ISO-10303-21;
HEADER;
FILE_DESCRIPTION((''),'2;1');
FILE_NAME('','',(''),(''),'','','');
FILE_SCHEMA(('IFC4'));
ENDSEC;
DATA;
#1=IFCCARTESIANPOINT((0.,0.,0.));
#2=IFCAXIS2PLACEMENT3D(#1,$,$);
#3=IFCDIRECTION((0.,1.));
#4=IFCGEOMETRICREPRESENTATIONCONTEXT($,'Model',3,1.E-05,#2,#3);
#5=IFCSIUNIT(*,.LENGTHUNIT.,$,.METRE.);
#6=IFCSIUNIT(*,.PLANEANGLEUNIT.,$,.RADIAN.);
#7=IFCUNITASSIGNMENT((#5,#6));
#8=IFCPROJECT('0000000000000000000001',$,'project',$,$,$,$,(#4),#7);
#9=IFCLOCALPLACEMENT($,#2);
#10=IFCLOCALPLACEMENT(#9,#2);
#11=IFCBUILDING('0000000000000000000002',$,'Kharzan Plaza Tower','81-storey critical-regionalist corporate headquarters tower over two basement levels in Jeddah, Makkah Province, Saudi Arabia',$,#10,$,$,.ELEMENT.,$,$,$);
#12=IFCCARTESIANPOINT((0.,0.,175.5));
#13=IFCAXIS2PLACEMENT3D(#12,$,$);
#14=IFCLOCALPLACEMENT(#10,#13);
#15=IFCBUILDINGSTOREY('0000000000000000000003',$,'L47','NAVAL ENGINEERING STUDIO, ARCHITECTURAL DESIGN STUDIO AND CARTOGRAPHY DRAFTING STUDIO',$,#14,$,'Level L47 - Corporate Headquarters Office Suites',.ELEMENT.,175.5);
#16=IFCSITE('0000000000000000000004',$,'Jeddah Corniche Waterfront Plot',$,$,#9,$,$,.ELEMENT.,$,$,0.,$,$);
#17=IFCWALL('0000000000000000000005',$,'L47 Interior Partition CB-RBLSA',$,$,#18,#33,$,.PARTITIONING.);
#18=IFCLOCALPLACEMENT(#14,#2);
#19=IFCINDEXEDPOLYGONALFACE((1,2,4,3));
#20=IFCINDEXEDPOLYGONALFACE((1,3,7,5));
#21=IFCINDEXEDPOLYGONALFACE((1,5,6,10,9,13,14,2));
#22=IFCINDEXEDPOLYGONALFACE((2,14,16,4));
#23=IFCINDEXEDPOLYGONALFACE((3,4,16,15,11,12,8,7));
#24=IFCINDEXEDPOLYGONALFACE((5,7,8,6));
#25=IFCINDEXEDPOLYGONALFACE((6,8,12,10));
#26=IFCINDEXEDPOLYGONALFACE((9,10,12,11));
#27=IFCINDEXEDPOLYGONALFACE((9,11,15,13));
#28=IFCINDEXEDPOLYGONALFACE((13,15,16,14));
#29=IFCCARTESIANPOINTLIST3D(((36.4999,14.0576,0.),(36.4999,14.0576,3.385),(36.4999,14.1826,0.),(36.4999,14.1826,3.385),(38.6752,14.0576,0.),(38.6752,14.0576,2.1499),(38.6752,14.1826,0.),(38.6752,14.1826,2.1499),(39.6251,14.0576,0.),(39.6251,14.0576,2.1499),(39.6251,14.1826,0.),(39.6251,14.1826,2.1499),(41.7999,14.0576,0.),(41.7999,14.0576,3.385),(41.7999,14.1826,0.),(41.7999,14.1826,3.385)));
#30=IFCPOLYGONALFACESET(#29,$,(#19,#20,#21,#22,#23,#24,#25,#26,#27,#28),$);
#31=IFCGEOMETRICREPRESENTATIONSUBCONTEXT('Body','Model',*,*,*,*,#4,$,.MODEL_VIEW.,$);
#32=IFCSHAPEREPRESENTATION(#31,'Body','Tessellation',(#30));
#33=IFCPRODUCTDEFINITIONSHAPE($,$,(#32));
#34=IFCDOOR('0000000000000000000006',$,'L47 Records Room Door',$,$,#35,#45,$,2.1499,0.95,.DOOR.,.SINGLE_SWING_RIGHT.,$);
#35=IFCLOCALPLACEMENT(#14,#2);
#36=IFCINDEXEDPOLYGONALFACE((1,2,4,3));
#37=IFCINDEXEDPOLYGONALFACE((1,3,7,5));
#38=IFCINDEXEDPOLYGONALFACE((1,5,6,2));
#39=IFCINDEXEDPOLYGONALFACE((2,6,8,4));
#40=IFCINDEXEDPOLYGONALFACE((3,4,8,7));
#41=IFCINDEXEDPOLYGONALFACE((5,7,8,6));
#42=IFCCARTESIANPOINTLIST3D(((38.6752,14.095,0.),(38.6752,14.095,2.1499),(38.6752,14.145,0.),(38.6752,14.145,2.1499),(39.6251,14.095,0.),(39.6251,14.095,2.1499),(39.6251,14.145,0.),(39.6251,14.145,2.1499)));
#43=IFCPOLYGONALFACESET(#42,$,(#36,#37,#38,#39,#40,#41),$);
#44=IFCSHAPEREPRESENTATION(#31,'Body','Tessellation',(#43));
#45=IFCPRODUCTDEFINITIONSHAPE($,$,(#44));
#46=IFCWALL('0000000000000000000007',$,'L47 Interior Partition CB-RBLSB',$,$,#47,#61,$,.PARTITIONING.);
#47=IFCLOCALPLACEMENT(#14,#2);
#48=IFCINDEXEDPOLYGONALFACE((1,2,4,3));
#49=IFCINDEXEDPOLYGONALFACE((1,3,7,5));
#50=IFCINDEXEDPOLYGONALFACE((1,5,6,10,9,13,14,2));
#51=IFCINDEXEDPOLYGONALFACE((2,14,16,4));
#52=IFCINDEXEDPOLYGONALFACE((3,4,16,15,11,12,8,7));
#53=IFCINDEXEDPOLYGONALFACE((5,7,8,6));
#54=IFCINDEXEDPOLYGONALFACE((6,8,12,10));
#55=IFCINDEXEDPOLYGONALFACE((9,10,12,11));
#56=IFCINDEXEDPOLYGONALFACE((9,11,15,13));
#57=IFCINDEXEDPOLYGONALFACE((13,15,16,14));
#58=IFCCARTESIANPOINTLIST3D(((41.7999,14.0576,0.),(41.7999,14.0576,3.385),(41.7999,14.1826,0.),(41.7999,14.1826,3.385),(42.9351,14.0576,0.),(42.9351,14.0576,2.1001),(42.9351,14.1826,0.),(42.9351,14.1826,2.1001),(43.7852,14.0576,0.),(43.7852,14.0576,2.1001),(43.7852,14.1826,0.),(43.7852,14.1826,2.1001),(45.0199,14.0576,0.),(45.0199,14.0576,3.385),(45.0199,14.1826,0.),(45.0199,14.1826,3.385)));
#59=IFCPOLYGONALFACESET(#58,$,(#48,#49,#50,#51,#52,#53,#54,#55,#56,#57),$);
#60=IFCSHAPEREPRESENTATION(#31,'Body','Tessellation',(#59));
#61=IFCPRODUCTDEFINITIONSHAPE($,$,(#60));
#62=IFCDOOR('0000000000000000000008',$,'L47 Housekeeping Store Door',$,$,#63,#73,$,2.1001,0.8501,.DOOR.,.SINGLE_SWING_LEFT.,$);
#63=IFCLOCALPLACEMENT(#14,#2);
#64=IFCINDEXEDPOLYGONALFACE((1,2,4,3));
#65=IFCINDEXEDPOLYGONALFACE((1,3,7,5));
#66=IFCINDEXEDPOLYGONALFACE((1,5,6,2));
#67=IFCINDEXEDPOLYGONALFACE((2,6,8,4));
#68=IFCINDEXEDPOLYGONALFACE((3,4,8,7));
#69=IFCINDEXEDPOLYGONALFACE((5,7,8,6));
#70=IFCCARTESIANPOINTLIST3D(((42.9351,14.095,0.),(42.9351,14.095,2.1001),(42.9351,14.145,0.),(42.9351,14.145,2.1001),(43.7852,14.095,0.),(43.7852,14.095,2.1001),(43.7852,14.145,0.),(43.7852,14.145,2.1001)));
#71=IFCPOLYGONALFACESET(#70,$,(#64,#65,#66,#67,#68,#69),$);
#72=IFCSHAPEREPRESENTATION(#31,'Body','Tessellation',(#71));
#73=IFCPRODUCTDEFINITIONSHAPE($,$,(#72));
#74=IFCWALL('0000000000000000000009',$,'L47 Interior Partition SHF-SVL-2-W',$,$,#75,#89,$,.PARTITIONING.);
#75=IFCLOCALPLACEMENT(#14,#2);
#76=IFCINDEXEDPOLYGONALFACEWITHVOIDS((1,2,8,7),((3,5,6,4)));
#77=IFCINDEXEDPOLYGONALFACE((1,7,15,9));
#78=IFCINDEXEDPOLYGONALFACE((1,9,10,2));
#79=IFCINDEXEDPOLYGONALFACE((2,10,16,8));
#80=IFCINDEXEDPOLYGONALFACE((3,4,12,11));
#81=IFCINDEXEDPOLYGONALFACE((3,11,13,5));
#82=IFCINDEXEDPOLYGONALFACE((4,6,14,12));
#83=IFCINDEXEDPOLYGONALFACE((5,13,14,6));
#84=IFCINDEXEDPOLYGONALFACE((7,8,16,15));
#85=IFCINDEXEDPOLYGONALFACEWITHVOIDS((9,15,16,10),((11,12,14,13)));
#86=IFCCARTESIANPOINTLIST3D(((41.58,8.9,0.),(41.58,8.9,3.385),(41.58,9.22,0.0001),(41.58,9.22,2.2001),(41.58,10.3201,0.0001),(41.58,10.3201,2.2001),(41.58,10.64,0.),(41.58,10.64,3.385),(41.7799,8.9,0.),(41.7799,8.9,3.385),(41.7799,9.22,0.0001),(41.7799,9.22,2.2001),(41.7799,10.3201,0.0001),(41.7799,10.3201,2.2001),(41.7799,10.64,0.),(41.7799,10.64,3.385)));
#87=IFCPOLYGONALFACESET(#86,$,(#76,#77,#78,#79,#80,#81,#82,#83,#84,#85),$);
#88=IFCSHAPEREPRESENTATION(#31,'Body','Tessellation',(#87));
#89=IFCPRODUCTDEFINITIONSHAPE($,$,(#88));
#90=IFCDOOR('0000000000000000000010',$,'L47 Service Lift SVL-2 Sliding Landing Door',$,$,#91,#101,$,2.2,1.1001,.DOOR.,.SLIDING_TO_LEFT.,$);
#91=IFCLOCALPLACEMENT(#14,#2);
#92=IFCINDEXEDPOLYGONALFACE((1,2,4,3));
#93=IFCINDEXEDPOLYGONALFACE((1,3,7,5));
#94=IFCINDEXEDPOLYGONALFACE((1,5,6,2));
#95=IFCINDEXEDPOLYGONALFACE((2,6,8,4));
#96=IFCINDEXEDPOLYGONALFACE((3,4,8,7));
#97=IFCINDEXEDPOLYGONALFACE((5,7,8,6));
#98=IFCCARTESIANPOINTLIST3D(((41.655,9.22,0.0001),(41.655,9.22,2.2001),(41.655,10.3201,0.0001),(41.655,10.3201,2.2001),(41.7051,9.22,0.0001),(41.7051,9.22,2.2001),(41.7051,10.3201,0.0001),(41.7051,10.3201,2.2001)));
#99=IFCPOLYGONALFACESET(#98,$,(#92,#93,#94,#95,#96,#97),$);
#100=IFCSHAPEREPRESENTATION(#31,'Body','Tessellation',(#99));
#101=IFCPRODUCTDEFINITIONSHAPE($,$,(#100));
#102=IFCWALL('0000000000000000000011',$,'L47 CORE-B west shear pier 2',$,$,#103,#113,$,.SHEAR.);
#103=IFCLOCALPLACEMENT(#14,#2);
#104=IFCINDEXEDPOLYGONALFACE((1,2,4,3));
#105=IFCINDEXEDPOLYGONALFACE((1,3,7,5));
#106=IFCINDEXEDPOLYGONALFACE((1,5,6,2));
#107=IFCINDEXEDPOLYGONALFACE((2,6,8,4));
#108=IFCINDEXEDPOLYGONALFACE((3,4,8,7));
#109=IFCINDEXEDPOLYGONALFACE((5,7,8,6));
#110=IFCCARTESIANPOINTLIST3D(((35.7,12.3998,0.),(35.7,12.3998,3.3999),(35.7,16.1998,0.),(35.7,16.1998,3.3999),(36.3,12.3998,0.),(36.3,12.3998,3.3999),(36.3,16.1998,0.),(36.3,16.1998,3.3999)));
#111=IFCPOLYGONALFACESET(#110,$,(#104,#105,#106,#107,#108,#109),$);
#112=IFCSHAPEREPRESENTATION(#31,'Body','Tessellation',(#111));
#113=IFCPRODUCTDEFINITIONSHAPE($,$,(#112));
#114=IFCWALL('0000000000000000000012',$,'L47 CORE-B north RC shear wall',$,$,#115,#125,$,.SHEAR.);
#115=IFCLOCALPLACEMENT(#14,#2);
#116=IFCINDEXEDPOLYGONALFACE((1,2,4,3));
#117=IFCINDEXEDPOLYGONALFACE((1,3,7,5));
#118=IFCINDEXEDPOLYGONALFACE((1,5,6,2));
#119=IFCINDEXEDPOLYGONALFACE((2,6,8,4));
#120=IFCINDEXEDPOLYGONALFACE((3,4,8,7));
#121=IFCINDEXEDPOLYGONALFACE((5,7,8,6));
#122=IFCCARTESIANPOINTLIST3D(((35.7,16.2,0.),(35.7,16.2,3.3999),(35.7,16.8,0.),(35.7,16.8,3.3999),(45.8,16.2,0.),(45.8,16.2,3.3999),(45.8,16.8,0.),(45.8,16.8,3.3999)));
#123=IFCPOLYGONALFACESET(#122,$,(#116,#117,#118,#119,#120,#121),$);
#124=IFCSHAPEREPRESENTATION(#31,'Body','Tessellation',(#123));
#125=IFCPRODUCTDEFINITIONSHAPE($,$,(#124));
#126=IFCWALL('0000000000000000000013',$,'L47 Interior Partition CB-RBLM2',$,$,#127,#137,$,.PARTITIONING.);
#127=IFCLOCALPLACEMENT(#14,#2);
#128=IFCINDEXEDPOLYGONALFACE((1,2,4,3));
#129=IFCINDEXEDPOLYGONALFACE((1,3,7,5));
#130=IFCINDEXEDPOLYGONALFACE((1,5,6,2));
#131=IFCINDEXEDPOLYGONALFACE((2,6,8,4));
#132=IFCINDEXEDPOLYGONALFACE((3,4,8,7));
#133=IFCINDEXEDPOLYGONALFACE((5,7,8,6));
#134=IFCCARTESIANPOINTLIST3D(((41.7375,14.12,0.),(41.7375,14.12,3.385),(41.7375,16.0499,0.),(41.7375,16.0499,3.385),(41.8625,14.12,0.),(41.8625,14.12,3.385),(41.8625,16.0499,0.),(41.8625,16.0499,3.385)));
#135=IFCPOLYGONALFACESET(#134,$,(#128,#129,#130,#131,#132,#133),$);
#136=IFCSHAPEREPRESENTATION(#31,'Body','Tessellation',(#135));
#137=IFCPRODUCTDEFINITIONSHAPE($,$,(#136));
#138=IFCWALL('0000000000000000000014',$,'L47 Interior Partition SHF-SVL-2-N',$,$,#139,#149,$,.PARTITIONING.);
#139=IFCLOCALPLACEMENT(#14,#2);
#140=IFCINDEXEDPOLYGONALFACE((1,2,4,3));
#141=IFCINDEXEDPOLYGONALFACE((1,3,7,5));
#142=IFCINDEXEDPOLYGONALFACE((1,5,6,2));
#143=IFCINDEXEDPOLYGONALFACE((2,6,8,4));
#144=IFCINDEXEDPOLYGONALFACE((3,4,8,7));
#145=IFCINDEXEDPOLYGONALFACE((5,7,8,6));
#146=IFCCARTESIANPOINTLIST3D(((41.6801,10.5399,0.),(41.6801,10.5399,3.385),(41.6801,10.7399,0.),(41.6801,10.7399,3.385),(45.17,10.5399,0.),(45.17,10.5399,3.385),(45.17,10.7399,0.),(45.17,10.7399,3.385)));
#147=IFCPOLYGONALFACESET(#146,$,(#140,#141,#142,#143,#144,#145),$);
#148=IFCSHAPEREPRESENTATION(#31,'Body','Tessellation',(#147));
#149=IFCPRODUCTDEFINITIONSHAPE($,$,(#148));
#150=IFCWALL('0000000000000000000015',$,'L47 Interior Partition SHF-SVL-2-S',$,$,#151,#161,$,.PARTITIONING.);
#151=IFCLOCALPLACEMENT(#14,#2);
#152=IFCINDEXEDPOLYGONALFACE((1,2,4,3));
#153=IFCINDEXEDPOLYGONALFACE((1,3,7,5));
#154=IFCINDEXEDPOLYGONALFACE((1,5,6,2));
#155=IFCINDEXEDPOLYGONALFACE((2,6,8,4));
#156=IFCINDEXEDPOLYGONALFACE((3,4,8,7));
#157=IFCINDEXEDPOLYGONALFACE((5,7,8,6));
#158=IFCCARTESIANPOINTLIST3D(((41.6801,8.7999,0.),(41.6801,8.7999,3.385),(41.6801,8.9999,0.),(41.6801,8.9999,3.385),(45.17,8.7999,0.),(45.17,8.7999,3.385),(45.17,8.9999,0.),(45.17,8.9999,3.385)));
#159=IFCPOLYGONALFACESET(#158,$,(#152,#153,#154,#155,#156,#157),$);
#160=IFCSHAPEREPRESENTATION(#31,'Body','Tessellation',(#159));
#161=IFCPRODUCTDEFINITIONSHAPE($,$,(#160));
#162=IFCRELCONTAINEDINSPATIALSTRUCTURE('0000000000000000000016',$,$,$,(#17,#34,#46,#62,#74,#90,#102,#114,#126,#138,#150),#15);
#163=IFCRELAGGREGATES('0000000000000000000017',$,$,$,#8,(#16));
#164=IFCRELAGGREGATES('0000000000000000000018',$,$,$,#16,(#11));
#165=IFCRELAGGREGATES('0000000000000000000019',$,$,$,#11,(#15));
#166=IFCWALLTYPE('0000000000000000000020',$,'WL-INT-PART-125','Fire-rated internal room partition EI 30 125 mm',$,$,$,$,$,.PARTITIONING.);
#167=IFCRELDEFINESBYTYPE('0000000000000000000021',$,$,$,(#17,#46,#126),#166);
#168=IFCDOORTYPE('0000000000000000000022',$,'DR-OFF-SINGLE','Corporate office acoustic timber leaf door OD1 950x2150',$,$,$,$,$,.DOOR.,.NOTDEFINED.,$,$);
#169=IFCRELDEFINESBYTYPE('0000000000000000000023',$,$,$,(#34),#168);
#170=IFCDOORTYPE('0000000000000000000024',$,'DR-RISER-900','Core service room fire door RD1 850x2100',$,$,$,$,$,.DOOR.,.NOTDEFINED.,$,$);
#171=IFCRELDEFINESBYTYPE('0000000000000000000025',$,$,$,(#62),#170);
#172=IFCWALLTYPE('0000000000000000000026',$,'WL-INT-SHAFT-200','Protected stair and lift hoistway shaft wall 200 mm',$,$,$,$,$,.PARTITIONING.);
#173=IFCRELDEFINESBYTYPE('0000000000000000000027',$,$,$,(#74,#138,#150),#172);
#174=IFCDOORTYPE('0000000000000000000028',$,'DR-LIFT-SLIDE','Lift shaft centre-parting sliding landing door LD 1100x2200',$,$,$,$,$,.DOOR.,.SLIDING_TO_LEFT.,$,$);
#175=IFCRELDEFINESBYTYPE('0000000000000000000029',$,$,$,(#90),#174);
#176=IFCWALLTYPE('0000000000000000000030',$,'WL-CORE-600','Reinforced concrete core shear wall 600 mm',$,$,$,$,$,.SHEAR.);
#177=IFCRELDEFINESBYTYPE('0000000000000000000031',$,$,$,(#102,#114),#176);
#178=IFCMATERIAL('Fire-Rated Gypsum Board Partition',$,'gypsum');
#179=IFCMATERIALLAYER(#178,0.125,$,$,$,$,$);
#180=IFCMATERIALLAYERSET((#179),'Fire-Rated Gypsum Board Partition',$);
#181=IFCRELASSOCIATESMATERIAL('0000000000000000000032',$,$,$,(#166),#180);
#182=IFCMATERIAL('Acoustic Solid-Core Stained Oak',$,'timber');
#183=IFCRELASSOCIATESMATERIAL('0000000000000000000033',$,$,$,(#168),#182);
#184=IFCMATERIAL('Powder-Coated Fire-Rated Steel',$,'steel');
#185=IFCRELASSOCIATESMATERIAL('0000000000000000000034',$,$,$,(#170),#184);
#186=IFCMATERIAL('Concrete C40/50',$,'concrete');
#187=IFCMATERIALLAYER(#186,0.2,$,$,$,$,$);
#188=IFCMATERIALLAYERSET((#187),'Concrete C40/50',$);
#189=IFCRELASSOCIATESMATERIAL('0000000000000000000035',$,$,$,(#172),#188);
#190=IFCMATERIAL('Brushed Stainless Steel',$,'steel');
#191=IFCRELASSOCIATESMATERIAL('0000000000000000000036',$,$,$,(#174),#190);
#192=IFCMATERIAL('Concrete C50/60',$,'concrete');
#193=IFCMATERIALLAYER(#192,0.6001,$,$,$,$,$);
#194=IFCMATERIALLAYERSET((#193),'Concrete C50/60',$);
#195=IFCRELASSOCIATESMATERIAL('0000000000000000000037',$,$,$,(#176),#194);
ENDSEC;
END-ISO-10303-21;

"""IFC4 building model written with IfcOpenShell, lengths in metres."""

from ifc_helpers import new_model, si_unit, direction, frame, frame_2d, origin, place, context, subcontext, project, spatial, rectangle, extrude, source, transform, mapped, material, layer, layer_set, type_object, element, fill, save


model = new_model("IFC4")

# Units and contexts
model_context = context("Model", 3, precision=1e-05, world=origin(), true_north=direction((0.0, 1.0)))
body_context = subcontext(model_context, "Body", "Model", "MODEL_VIEW")
ifc_project = project(units=[si_unit("LENGTHUNIT", "METRE"), si_unit("PLANEANGLEUNIT", "RADIAN")], contexts=[model_context])

# Site, building, storey
site_placement = place(None, origin())
site = spatial("IfcSite", under=ifc_project, at=site_placement, Name="Jeddah Corniche Waterfront Plot", CompositionType="ELEMENT", RefElevation=0.0)
building_placement = place(site_placement, origin())
building = spatial("IfcBuilding", under=site, at=building_placement, Name="Kharzan Plaza Tower", Description="81-storey critical-regionalist corporate headquarters tower over two basement levels in Jeddah, Makkah Province, Saudi Arabia", CompositionType="ELEMENT")
storey_placement = place(building_placement, frame((0.0, 0.0, 175.5)))
storey = spatial("IfcBuildingStorey", under=building, at=storey_placement, Name="L47", Description="NAVAL ENGINEERING STUDIO, ARCHITECTURAL DESIGN STUDIO AND CARTOGRAPHY DRAFTING STUDIO", LongName="Level L47 - Corporate Headquarters Office Suites", CompositionType="ELEMENT", Elevation=175.5)

# Shared definitions
ifc_material_1 = material(Name="Concrete C50/60", Category="concrete")

# Shared definitions
ifc_material_2 = material(Name="Concrete C40/50", Category="concrete")

# Walls, openings, doors
ifc_material_3 = material(Name="Fire-Rated Gypsum Board Partition", Category="gypsum")
ifc_layer_1 = layer(ifc_material_3, 0.125)
ifc_layer_set_1 = layer_set([ifc_layer_1], Name="Fire-Rated Gypsum Board Partition")
wall_type_1 = type_object("IfcWallType", Name="WL-INT-PART-125", Description="Fire-rated internal room partition EI 30 125 mm", PredefinedType="PARTITIONING", material=ifc_layer_set_1)
wall_1_placement = place(storey_placement, frame((36.5, 14.1201, 0.0), z_axis=(0.0, 0.0, 1.0), x_axis=(1.0, 0.0, 0.0)))
wall_1 = element("IfcWall", 1, at=wall_1_placement, inside=storey, type_object=wall_type_1, Name="L47 Interior Partition CB-RBLSA", PredefinedType="PARTITIONING", context=body_context, shape_type="SweptSolid", body=[
    extrude(rectangle(XDim=5.3, YDim=0.125, at=frame_2d((2.6499, 0.0))), origin(), (0.0, 0.0, 1.0), 3.385),
])
opening_1_placement = place(wall_1_placement, frame((2.175, 0.0, 0.0)))
opening_1 = element("IfcOpeningElement", 2, at=opening_1_placement, cuts=wall_1, PredefinedType="OPENING", context=body_context, shape_type="SweptSolid", body=[
    extrude(rectangle(XDim=0.95, YDim=2.1499, at=frame_2d((0.4751, 1.075))), frame((0.0, 0.0725, 0.0), z_axis=(0.0, -1.0, 0.0), x_axis=(1.0, 0.0, 0.0)), (0.0, 0.0, 1.0), 0.145),
])
ifc_material_4 = material(Name="Acoustic Solid-Core Stained Oak", Category="timber")
door_type_1 = type_object("IfcDoorType", Name="DR-OFF-SINGLE", Description="Corporate office acoustic timber leaf door OD1 950x2150", OperationType="NOTDEFINED", PredefinedType="DOOR", material=ifc_material_4)
shared_shape_1 = source(origin(), body_context, "Body", "SweptSolid", [
    extrude(rectangle(XDim=0.95, YDim=2.1499, at=frame_2d((0.4751, 1.075))), frame((0.0, 0.0249, 0.0), z_axis=(0.0, -1.0, 0.0), x_axis=(1.0, 0.0, 0.0)), (0.0, 0.0, 1.0), 0.05),
])
door_1_placement = place(opening_1_placement, origin())
door_1 = element("IfcDoor", 3, at=door_1_placement, inside=storey, type_object=door_type_1, Name="L47 Records Room Door", OperationType="SINGLE_SWING_RIGHT", OverallHeight=2.1499, OverallWidth=0.95, PredefinedType="DOOR", context=body_context, shape_type="MappedRepresentation", body=[
    mapped(shared_shape_1, transform((0.0, 0.0, 0.0), x_axis=(1.0, 0.0, 0.0), y_axis=(0.0, 1.0, 0.0), z_axis=(0.0, 0.0, 1.0))),
])
fill(opening_1, door_1)
wall_2_placement = place(storey_placement, frame((41.8, 14.1201, 0.0), z_axis=(0.0, 0.0, 1.0), x_axis=(1.0, 0.0, 0.0)))
wall_2 = element("IfcWall", 4, at=wall_2_placement, inside=storey, type_object=wall_type_1, Name="L47 Interior Partition CB-RBLSB", PredefinedType="PARTITIONING", context=body_context, shape_type="SweptSolid", body=[
    extrude(rectangle(XDim=3.22, YDim=0.125, at=frame_2d((1.6099, 0.0))), origin(), (0.0, 0.0, 1.0), 3.385),
])
opening_2_placement = place(wall_2_placement, frame((1.135, 0.0, 0.0)))
opening_2 = element("IfcOpeningElement", 5, at=opening_2_placement, cuts=wall_2, PredefinedType="OPENING", context=body_context, shape_type="SweptSolid", body=[
    extrude(rectangle(XDim=0.8501, YDim=2.1001, at=frame_2d((0.425, 1.05))), frame((0.0, 0.0725, 0.0), z_axis=(0.0, -1.0, 0.0), x_axis=(1.0, 0.0, 0.0)), (0.0, 0.0, 1.0), 0.145),
])
ifc_material_5 = material(Name="Powder-Coated Fire-Rated Steel", Category="steel")
door_type_2 = type_object("IfcDoorType", Name="DR-RISER-900", Description="Core service room fire door RD1 850x2100", OperationType="NOTDEFINED", PredefinedType="DOOR", material=ifc_material_5)
shared_shape_2 = source(origin(), body_context, "Body", "SweptSolid", [
    extrude(rectangle(XDim=0.8501, YDim=2.1001, at=frame_2d((0.425, 1.05))), frame((0.0, 0.0249, 0.0), z_axis=(0.0, -1.0, 0.0), x_axis=(1.0, 0.0, 0.0)), (0.0, 0.0, 1.0), 0.05),
])
door_2_placement = place(opening_2_placement, origin())
door_2 = element("IfcDoor", 6, at=door_2_placement, inside=storey, type_object=door_type_2, Name="L47 Housekeeping Store Door", OperationType="SINGLE_SWING_LEFT", OverallHeight=2.1001, OverallWidth=0.8501, PredefinedType="DOOR", context=body_context, shape_type="MappedRepresentation", body=[
    mapped(shared_shape_2, transform((0.0, 0.0, 0.0), x_axis=(1.0, 0.0, 0.0), y_axis=(0.0, 1.0, 0.0), z_axis=(0.0, 0.0, 1.0))),
])
fill(opening_2, door_2)
ifc_layer_2 = layer(ifc_material_2, 0.2)
ifc_layer_set_2 = layer_set([ifc_layer_2], Name="Concrete C40/50")
wall_type_2 = type_object("IfcWallType", Name="WL-INT-SHAFT-200", Description="Protected stair and lift hoistway shaft wall 200 mm", PredefinedType="PARTITIONING", material=ifc_layer_set_2)
wall_3_placement = place(storey_placement, frame((41.6799, 8.8999, 0.0), z_axis=(0.0, 0.0, 1.0), x_axis=(0.0, 1.0, 0.0)))
wall_3 = element("IfcWall", 7, at=wall_3_placement, inside=storey, type_object=wall_type_2, Name="L47 Interior Partition SHF-SVL-2-W", PredefinedType="PARTITIONING", context=body_context, shape_type="SweptSolid", body=[
    extrude(rectangle(XDim=1.74, YDim=0.2, at=frame_2d((0.8701, 0.0))), origin(), (0.0, 0.0, 1.0), 3.385),
])
opening_3_placement = place(wall_3_placement, frame((0.3201, 0.0, 0.0)))
opening_3 = element("IfcOpeningElement", 8, at=opening_3_placement, cuts=wall_3, PredefinedType="OPENING", context=body_context, shape_type="SweptSolid", body=[
    extrude(rectangle(XDim=1.1001, YDim=2.2, at=frame_2d((0.55, 1.1001))), frame((0.0, 0.1099, 0.0), z_axis=(0.0, -1.0, 0.0), x_axis=(1.0, 0.0, 0.0)), (0.0, 0.0, 1.0), 0.22),
])
ifc_material_6 = material(Name="Brushed Stainless Steel", Category="steel")
door_type_3 = type_object("IfcDoorType", Name="DR-LIFT-SLIDE", Description="Lift shaft centre-parting sliding landing door LD 1100x2200", OperationType="SLIDING_TO_LEFT", PredefinedType="DOOR", material=ifc_material_6)
shared_shape_3 = source(origin(), body_context, "Body", "SweptSolid", [
    extrude(rectangle(XDim=1.1001, YDim=2.2, at=frame_2d((0.55, 1.1001))), frame((0.0, 0.0249, 0.0), z_axis=(0.0, -1.0, 0.0), x_axis=(1.0, 0.0, 0.0)), (0.0, 0.0, 1.0), 0.05),
])
door_3_placement = place(opening_3_placement, origin())
door_3 = element("IfcDoor", 9, at=door_3_placement, inside=storey, type_object=door_type_3, Name="L47 Service Lift SVL-2 Sliding Landing Door", OperationType="SLIDING_TO_LEFT", OverallHeight=2.2, OverallWidth=1.1001, PredefinedType="DOOR", context=body_context, shape_type="MappedRepresentation", body=[
    mapped(shared_shape_3, transform((0.0, 0.0, 0.0), x_axis=(1.0, 0.0, 0.0), y_axis=(0.0, 1.0, 0.0), z_axis=(0.0, 0.0, 1.0))),
])
fill(opening_3, door_3)

# Walls
ifc_layer_3 = layer(ifc_material_1, 0.6001)
ifc_layer_set_3 = layer_set([ifc_layer_3], Name="Concrete C50/60")
wall_type_3 = type_object("IfcWallType", Name="WL-CORE-600", Description="Reinforced concrete core shear wall 600 mm", PredefinedType="SHEAR", material=ifc_layer_set_3)
shared_shape_4 = source(origin(), body_context, "Body", "SweptSolid", [
    extrude(rectangle(XDim=3.8, YDim=0.6001, at=frame_2d((1.8999, 0.0))), origin(), (0.0, 0.0, 1.0), 3.3999),
])
wall_4_placement = place(storey_placement, frame((36.0, 12.3999, 0.0), z_axis=(0.0, 0.0, 1.0), x_axis=(0.0, 1.0, 0.0)))
element("IfcWall", 10, at=wall_4_placement, inside=storey, type_object=wall_type_3, Name="L47 CORE-B west shear pier 2", PredefinedType="SHEAR", context=body_context, shape_type="MappedRepresentation", body=[
    mapped(shared_shape_4, transform((0.0, 0.0, 0.0), x_axis=(1.0, 0.0, 0.0), y_axis=(0.0, 1.0, 0.0), z_axis=(0.0, 0.0, 1.0))),
])
shared_shape_5 = source(origin(), body_context, "Body", "SweptSolid", [
    extrude(rectangle(XDim=10.1001, YDim=0.6001, at=frame_2d((5.05, 0.0))), origin(), (0.0, 0.0, 1.0), 3.3999),
])
wall_5_placement = place(storey_placement, frame((35.7, 16.5, 0.0), z_axis=(0.0, 0.0, 1.0), x_axis=(1.0, 0.0, 0.0)))
element("IfcWall", 11, at=wall_5_placement, inside=storey, type_object=wall_type_3, Name="L47 CORE-B north RC shear wall", PredefinedType="SHEAR", context=body_context, shape_type="MappedRepresentation", body=[
    mapped(shared_shape_5, transform((0.0, 0.0, 0.0), x_axis=(1.0, 0.0, 0.0), y_axis=(0.0, 1.0, 0.0), z_axis=(0.0, 0.0, 1.0))),
])
shared_shape_6 = source(origin(), body_context, "Body", "SweptSolid", [
    extrude(rectangle(XDim=1.9299, YDim=0.125, at=frame_2d((0.9648, 0.0))), origin(), (0.0, 0.0, 1.0), 3.385),
])
wall_6_placement = place(storey_placement, frame((41.8, 14.1201, 0.0), z_axis=(0.0, 0.0, 1.0), x_axis=(0.0, 1.0, 0.0)))
element("IfcWall", 12, at=wall_6_placement, inside=storey, type_object=wall_type_1, Name="L47 Interior Partition CB-RBLM2", PredefinedType="PARTITIONING", context=body_context, shape_type="MappedRepresentation", body=[
    mapped(shared_shape_6, transform((0.0, 0.0, 0.0), x_axis=(1.0, 0.0, 0.0), y_axis=(0.0, 1.0, 0.0), z_axis=(0.0, 0.0, 1.0))),
])
shared_shape_7 = source(origin(), body_context, "Body", "SweptSolid", [
    extrude(rectangle(XDim=3.49, YDim=0.2, at=frame_2d((1.7451, 0.0))), origin(), (0.0, 0.0, 1.0), 3.385),
])
for number, where, z_axis, x_axis, name in (
    (13, (41.6799, 10.6399, 0.0), (0.0, 0.0, 1.0), (1.0, 0.0, 0.0), "L47 Interior Partition SHF-SVL-2-N"),
    (14, (41.6799, 8.8999, 0.0), (0.0, 0.0, 1.0), (1.0, 0.0, 0.0), "L47 Interior Partition SHF-SVL-2-S"),
):
    element("IfcWall", number, at=place(storey_placement, frame(where, z_axis=z_axis, x_axis=x_axis)), inside=storey, type_object=wall_type_2, Name=name, PredefinedType="PARTITIONING", context=body_context, shape_type="MappedRepresentation", body=[
        mapped(shared_shape_7, transform((0.0, 0.0, 0.0), x_axis=(1.0, 0.0, 0.0), y_axis=(0.0, 1.0, 0.0), z_axis=(0.0, 0.0, 1.0))),
    ])

save(model, "model.ifc")
